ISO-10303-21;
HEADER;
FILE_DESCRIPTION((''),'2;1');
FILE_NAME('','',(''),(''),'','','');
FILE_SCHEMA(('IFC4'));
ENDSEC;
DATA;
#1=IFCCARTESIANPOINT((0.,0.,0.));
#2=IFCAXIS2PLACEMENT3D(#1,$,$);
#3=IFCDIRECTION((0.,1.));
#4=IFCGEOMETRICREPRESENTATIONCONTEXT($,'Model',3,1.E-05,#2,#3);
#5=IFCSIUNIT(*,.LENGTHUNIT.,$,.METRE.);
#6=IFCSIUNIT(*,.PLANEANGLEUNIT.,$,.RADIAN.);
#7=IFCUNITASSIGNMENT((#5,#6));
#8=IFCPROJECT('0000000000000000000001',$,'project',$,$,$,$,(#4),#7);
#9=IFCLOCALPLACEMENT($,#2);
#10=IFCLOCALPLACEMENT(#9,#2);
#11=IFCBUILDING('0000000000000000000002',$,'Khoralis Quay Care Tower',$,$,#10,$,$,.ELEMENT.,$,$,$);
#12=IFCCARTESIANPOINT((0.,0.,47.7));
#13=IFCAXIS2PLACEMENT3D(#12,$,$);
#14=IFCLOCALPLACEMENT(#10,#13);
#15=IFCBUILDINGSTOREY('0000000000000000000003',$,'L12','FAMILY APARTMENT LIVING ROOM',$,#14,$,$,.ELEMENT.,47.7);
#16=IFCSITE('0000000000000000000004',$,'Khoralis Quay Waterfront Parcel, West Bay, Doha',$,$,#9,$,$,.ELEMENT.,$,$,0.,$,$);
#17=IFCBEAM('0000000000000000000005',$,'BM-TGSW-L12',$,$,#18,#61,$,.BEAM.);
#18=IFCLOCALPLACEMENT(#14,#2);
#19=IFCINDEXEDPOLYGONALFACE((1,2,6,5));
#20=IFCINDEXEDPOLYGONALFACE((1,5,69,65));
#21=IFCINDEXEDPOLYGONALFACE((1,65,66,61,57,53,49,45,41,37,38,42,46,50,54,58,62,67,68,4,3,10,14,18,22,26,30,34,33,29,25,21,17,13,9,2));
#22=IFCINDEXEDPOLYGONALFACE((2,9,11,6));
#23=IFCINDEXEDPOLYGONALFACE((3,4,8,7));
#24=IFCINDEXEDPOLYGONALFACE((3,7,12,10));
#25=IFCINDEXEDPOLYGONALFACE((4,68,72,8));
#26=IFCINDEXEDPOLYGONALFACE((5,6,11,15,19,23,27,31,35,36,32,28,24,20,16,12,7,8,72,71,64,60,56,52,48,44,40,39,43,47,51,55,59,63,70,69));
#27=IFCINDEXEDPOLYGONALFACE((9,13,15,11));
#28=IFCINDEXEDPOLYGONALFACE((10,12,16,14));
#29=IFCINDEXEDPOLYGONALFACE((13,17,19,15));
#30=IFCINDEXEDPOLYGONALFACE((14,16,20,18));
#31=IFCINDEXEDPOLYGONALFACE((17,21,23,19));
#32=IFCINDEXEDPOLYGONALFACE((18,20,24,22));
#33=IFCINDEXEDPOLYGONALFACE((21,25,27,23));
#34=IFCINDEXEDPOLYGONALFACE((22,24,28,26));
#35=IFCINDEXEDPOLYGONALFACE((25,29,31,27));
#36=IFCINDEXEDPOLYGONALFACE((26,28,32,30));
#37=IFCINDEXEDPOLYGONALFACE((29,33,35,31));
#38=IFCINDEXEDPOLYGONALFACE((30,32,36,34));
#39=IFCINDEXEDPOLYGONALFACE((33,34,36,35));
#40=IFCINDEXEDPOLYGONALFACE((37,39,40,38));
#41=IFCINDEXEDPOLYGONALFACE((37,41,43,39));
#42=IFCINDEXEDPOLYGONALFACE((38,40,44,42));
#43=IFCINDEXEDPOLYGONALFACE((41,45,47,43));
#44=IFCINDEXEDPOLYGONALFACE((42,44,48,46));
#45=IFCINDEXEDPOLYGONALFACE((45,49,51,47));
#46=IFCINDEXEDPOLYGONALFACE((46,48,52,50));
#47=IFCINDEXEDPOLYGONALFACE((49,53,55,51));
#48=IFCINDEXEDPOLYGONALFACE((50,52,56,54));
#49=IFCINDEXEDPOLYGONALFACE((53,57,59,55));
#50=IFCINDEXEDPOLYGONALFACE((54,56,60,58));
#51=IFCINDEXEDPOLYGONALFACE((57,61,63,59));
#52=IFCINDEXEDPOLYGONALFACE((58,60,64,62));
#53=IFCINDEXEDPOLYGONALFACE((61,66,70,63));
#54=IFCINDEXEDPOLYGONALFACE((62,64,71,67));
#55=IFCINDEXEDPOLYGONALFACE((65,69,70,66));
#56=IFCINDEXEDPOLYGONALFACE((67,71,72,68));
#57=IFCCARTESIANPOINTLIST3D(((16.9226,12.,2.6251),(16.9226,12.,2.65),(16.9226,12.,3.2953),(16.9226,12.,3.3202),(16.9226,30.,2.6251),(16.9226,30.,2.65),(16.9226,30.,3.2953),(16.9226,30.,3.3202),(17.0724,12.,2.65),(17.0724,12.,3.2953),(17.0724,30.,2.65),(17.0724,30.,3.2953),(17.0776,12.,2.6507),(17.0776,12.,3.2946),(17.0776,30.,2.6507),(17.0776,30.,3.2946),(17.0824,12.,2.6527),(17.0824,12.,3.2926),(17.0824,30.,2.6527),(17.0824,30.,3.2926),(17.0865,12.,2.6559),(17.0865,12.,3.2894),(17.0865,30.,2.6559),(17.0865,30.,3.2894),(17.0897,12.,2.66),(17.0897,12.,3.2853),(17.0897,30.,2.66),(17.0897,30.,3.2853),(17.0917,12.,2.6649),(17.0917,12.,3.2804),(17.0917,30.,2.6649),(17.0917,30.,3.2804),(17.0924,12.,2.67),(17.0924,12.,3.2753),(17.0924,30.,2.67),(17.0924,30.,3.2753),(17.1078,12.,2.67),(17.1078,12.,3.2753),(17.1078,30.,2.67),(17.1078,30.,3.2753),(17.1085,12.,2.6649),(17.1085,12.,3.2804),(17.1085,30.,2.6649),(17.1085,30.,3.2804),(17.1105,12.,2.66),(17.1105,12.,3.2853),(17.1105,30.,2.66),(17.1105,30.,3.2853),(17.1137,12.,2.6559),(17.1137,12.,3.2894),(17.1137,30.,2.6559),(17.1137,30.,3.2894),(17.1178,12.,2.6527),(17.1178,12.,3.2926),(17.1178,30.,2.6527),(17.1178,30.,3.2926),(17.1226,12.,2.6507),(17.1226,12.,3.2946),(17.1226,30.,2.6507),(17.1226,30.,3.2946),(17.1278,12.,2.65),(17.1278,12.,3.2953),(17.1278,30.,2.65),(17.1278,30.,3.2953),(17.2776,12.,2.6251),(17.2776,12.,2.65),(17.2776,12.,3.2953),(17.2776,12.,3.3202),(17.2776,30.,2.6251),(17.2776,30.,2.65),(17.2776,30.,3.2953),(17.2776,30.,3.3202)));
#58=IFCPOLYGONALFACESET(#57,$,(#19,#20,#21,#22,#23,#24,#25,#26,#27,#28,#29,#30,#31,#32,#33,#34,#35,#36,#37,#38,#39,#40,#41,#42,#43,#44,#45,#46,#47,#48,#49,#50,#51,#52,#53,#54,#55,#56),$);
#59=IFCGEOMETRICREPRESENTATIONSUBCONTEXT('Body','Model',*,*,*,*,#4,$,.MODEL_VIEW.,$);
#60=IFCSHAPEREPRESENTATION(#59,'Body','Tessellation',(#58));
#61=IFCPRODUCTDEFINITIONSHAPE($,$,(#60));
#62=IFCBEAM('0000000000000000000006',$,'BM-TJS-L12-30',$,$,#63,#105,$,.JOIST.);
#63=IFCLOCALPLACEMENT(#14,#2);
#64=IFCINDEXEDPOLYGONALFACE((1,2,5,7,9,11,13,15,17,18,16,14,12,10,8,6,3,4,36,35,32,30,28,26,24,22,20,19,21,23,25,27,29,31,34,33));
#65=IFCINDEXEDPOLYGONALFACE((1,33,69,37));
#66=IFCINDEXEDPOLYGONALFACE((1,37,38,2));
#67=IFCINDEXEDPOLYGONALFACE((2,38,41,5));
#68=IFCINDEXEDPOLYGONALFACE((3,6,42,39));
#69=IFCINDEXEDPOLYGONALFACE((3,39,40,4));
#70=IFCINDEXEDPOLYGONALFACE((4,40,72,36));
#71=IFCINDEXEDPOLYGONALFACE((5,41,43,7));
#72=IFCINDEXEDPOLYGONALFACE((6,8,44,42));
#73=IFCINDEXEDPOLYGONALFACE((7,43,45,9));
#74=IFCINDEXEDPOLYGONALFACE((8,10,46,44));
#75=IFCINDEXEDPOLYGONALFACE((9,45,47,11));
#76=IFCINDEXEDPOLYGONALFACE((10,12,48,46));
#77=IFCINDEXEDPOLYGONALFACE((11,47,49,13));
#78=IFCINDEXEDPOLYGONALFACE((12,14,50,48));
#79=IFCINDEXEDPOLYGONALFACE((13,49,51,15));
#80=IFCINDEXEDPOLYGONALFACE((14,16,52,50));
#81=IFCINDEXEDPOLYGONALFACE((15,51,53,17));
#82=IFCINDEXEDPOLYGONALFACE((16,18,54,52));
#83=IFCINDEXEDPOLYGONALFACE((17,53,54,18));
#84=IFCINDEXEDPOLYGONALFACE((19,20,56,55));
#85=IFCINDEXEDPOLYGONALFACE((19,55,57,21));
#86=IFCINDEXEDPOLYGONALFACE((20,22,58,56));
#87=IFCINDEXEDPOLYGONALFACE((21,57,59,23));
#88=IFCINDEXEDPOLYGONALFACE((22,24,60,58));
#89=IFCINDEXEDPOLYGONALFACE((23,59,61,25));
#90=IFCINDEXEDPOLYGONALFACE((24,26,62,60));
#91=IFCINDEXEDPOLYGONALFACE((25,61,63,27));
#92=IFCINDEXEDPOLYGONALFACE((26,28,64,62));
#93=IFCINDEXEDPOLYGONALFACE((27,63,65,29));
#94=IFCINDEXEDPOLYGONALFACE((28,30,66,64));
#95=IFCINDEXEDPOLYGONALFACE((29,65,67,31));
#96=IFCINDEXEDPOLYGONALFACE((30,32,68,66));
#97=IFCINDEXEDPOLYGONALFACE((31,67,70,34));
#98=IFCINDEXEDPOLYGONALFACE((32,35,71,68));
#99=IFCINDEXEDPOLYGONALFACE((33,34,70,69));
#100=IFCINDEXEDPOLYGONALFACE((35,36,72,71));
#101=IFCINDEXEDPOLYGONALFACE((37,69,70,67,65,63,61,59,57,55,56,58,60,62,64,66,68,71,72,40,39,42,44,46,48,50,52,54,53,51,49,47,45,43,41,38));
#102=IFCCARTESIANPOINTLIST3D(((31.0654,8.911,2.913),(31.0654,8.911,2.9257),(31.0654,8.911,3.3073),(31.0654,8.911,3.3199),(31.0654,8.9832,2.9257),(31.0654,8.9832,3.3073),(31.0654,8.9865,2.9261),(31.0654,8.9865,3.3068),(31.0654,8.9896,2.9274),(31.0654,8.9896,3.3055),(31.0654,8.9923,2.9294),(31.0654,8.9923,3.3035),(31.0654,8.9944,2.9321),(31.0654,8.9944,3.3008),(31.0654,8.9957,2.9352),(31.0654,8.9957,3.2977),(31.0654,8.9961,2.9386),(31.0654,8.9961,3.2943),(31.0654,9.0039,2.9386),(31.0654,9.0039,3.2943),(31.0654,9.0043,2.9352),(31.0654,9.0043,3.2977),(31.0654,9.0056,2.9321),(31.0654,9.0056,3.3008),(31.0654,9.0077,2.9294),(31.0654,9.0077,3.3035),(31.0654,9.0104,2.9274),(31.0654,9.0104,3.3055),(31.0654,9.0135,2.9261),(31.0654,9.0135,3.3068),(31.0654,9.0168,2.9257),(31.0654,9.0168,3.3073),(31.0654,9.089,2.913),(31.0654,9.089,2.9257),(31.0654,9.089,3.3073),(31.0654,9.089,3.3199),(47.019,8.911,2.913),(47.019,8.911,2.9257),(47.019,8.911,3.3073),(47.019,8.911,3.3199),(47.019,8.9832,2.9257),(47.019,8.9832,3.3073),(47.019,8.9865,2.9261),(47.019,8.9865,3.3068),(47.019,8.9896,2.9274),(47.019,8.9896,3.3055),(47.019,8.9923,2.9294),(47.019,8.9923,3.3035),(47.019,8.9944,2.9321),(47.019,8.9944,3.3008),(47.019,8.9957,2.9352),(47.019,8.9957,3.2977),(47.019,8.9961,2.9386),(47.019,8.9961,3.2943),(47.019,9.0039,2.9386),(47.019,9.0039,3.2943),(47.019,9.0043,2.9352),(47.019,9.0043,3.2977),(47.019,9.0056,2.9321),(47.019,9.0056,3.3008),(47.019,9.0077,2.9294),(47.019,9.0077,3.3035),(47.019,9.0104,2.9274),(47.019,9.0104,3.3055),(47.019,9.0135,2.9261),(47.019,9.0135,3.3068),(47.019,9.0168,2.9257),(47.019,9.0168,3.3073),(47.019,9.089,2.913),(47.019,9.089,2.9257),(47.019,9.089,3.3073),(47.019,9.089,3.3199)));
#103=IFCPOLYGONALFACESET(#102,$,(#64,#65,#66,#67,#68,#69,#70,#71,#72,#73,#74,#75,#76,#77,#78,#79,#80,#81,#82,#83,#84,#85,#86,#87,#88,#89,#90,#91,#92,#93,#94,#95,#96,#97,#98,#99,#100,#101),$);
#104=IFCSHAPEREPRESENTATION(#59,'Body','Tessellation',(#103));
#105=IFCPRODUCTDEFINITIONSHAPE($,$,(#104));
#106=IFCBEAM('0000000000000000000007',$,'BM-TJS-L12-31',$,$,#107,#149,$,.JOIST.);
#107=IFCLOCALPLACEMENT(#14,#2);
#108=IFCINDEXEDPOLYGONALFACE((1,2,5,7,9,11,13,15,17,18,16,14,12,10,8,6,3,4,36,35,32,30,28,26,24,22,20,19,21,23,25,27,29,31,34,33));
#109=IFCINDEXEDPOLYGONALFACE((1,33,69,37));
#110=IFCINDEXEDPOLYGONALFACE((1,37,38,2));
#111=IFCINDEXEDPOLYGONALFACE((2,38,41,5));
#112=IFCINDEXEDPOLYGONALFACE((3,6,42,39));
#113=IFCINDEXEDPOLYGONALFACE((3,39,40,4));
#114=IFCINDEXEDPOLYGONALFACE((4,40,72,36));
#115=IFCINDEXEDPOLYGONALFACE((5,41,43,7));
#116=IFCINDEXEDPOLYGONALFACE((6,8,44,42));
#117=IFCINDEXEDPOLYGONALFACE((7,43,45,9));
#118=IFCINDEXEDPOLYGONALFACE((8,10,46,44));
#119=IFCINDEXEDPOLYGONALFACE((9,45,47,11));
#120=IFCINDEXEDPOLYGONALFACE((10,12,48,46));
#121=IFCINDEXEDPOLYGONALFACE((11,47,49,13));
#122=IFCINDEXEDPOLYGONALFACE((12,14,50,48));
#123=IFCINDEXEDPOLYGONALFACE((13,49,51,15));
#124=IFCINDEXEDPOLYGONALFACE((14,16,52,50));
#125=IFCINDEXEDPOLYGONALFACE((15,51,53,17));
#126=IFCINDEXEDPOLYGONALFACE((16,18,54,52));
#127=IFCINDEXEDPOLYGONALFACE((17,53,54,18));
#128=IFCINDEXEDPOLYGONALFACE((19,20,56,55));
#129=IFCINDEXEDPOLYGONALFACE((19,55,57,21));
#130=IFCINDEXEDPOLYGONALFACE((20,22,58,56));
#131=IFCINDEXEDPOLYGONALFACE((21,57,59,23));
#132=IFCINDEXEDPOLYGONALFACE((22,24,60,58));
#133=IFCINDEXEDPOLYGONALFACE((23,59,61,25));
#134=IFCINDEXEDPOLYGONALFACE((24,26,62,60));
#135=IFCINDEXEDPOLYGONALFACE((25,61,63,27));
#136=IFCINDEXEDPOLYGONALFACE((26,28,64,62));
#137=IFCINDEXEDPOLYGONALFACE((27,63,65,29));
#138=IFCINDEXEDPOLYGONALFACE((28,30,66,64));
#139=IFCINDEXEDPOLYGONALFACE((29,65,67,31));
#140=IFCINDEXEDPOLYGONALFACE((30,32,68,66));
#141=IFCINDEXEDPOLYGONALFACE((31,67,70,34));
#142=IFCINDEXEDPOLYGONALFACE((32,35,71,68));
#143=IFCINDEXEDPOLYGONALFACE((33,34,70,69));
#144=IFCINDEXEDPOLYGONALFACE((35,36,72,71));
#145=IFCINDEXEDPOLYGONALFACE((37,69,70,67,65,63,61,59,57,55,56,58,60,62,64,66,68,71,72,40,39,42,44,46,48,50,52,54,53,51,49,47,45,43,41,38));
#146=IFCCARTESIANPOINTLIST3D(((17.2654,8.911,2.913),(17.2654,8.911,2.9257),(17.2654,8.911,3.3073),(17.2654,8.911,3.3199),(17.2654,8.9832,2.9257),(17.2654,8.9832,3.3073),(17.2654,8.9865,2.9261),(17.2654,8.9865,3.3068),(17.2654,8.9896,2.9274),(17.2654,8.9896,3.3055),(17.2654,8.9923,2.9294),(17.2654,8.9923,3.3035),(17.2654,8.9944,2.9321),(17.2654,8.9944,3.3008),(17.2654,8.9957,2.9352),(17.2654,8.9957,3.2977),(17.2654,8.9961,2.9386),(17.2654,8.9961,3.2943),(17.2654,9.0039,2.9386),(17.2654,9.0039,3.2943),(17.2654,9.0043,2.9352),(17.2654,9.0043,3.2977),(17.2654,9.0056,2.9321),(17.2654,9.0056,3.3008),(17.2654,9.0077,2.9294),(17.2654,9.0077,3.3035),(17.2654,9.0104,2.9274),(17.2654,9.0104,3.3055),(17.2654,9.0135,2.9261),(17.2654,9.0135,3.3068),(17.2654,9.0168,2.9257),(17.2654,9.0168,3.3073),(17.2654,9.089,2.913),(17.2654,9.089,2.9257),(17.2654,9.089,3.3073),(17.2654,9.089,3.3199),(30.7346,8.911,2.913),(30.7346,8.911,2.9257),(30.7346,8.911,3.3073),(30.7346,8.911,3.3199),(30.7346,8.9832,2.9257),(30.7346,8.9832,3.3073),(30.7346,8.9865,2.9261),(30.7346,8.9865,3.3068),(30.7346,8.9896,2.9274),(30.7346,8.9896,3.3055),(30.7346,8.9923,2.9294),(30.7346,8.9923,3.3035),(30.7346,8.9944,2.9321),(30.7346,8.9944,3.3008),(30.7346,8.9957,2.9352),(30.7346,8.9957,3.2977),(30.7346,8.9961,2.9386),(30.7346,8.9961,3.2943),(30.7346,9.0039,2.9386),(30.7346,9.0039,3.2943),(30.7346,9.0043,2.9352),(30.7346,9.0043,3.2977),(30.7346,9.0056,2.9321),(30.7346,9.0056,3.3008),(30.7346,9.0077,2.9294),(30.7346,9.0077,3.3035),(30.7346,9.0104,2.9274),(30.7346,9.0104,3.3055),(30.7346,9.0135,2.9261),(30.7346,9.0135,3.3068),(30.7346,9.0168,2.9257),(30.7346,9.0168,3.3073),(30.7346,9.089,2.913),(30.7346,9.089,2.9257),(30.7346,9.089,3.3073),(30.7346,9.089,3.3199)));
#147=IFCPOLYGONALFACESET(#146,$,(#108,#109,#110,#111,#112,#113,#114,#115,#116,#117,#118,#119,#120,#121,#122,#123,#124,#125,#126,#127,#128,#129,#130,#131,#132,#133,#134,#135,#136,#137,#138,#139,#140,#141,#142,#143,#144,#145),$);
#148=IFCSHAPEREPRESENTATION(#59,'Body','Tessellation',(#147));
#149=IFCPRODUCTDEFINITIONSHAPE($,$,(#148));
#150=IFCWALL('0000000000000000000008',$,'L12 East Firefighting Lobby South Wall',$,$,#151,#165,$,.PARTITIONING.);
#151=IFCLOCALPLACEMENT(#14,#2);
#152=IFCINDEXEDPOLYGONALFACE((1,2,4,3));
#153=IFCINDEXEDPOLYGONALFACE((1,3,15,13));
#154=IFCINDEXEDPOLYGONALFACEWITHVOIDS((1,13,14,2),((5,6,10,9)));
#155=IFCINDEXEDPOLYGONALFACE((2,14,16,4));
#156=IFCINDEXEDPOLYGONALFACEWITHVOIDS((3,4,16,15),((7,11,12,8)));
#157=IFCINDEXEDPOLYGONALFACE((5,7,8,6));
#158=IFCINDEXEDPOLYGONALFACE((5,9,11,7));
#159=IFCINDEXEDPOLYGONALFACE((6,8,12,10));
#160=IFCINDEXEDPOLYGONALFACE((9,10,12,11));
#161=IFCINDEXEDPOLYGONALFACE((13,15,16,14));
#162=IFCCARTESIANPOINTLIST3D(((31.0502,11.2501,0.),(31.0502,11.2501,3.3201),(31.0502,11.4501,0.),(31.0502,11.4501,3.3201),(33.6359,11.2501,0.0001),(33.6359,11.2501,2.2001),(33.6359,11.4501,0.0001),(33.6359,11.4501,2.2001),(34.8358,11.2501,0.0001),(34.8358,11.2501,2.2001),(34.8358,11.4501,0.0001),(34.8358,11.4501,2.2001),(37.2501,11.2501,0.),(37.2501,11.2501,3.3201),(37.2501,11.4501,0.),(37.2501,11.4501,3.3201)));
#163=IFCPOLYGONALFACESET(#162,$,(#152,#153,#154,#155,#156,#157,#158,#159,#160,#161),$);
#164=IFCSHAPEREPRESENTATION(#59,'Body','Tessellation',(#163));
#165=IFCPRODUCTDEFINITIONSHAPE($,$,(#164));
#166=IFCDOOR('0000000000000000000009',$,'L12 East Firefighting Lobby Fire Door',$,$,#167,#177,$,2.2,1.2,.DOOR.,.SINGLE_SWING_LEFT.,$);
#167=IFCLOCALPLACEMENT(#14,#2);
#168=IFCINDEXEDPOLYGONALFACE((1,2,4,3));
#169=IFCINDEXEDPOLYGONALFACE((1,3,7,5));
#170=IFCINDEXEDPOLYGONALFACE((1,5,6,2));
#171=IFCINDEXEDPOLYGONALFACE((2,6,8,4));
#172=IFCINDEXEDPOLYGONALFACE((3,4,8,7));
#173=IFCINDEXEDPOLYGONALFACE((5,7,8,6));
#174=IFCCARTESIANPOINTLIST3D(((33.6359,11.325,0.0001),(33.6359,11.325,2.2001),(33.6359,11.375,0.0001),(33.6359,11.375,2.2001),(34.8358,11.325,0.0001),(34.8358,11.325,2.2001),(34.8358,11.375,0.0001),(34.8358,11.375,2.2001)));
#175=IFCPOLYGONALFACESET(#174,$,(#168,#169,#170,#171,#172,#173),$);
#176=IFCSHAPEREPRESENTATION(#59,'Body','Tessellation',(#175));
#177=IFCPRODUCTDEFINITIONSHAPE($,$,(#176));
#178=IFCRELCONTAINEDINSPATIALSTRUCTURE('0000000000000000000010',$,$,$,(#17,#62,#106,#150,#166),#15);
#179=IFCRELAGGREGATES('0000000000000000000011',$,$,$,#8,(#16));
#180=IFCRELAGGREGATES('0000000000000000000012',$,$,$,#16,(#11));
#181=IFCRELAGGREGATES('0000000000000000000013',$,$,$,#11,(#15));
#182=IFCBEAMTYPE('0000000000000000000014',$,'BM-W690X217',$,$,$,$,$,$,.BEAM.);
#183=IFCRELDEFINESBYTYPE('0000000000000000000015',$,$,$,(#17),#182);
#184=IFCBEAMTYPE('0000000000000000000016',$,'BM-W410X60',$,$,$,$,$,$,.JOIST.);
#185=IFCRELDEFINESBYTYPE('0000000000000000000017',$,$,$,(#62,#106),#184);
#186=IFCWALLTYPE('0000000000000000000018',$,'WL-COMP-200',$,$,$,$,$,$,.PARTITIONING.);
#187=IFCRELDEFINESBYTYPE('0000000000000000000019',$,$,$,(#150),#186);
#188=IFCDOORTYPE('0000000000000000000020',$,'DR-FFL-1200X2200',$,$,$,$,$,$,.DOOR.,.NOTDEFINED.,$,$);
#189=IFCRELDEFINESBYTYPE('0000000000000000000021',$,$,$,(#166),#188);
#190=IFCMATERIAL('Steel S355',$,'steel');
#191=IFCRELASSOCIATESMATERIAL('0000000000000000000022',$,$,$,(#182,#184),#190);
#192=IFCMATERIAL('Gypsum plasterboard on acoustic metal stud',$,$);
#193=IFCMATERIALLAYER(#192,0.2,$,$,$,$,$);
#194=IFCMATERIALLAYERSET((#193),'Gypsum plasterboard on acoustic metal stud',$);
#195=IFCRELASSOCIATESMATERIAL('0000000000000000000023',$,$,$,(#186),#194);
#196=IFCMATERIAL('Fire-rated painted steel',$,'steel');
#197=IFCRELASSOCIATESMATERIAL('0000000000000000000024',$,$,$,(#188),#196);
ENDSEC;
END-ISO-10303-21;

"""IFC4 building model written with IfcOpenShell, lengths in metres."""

from ifc_helpers import new_model, si_unit, direction, frame, frame_2d, origin, origin_2d, place, context, subcontext, project, spatial, rectangle, i_section, extrude, source, transform, mapped, material, layer, layer_set, material_profile, profile_set, type_object, element, fill, save


model = new_model("IFC4")

# Units and contexts
model_context = context("Model", 3, precision=1e-05, world=origin(), true_north=direction((0.0, 1.0)))
body_context = subcontext(model_context, "Body", "Model", "MODEL_VIEW")
ifc_project = project(units=[si_unit("LENGTHUNIT", "METRE"), si_unit("PLANEANGLEUNIT", "RADIAN")], contexts=[model_context])

# Site, building, storey
site_placement = place(None, origin())
site = spatial("IfcSite", under=ifc_project, at=site_placement, Name="Khoralis Quay Waterfront Parcel, West Bay, Doha", CompositionType="ELEMENT", RefElevation=0.0)
building_placement = place(site_placement, origin())
building = spatial("IfcBuilding", under=site, at=building_placement, Name="Khoralis Quay Care Tower", CompositionType="ELEMENT")
storey_placement = place(building_placement, frame((0.0, 0.0, 47.7)))
storey = spatial("IfcBuildingStorey", under=building, at=storey_placement, Name="L12", Description="FAMILY APARTMENT LIVING ROOM", CompositionType="ELEMENT", Elevation=47.7)

# Beams
ifc_material_1 = material(Name="Steel S355", Category="steel")
ifc_material_profile_1 = material_profile(ifc_material_1, i_section(OverallWidth=0.355, OverallDepth=0.6951, WebThickness=0.0154, FlangeThickness=0.0249, FilletRadius=0.02, at=origin_2d()), Name="Steel S355")
ifc_profile_set_1 = profile_set([ifc_material_profile_1], Name="Steel S355")
beam_type_1 = type_object("IfcBeamType", Name="BM-W690X217", PredefinedType="BEAM", material=ifc_profile_set_1)
shared_shape_1 = source(origin(), body_context, "Body", "SweptSolid", [
    extrude(i_section(OverallWidth=0.355, OverallDepth=0.6951, WebThickness=0.0154, FlangeThickness=0.0249, FilletRadius=0.02, at=origin_2d()), origin(), (0.0, 0.0, 1.0), 18.0),
])
beam_1_placement = place(storey_placement, frame((17.1001, 12.0, 2.9727), z_axis=(0.0, 1.0, 0.0), x_axis=(-1.0, 0.0, 0.0)))
element("IfcBeam", 1, at=beam_1_placement, inside=storey, type_object=beam_type_1, Name="BM-TGSW-L12", PredefinedType="BEAM", context=body_context, shape_type="MappedRepresentation", body=[
    mapped(shared_shape_1, transform((0.0, 0.0, 0.0), scale=1.0)),
])
ifc_material_profile_2 = material_profile(ifc_material_1, i_section(OverallWidth=0.178, OverallDepth=0.407, WebThickness=0.0078, FlangeThickness=0.0127, FilletRadius=0.0129, at=origin_2d()), Name="Steel S355")
ifc_profile_set_2 = profile_set([ifc_material_profile_2], Name="Steel S355")
beam_type_2 = type_object("IfcBeamType", Name="BM-W410X60", PredefinedType="JOIST", material=ifc_profile_set_2)
shared_shape_2 = source(origin(), body_context, "Body", "SweptSolid", [
    extrude(i_section(OverallWidth=0.178, OverallDepth=0.407, WebThickness=0.0078, FlangeThickness=0.0127, FilletRadius=0.0129, at=origin_2d()), origin(), (0.0, 0.0, 1.0), 15.9536),
])
beam_2_placement = place(storey_placement, frame((31.0654, 9.0, 3.1165), z_axis=(1.0, 0.0, 0.0), x_axis=(0.0, 1.0, 0.0)))
element("IfcBeam", 2, at=beam_2_placement, inside=storey, type_object=beam_type_2, Name="BM-TJS-L12-30", PredefinedType="JOIST", context=body_context, shape_type="MappedRepresentation", body=[
    mapped(shared_shape_2, transform((0.0, 0.0, 0.0), scale=1.0)),
])
shared_shape_3 = source(origin(), body_context, "Body", "SweptSolid", [
    extrude(i_section(OverallWidth=0.178, OverallDepth=0.407, WebThickness=0.0078, FlangeThickness=0.0127, FilletRadius=0.0129, at=origin_2d()), origin(), (0.0, 0.0, 1.0), 13.4692),
])
beam_3_placement = place(storey_placement, frame((17.2654, 9.0, 3.1165), z_axis=(1.0, 0.0, 0.0), x_axis=(0.0, 1.0, 0.0)))
element("IfcBeam", 3, at=beam_3_placement, inside=storey, type_object=beam_type_2, Name="BM-TJS-L12-31", PredefinedType="JOIST", context=body_context, shape_type="MappedRepresentation", body=[
    mapped(shared_shape_3, transform((0.0, 0.0, 0.0), scale=1.0)),
])

# Wall, opening, door
ifc_material_2 = material(Name="Gypsum plasterboard on acoustic metal stud")
ifc_layer_1 = layer(ifc_material_2, 0.2)
ifc_layer_set_1 = layer_set([ifc_layer_1], Name="Gypsum plasterboard on acoustic metal stud")
wall_type_1 = type_object("IfcWallType", Name="WL-COMP-200", PredefinedType="PARTITIONING", material=ifc_layer_set_1)
wall_1_placement = place(storey_placement, frame((31.05, 11.3501, 0.0), z_axis=(0.0, 0.0, 1.0), x_axis=(1.0, 0.0, 0.0)))
wall_1 = element("IfcWall", 4, at=wall_1_placement, inside=storey, type_object=wall_type_1, Name="L12 East Firefighting Lobby South Wall", PredefinedType="PARTITIONING", context=body_context, shape_type="SweptSolid", body=[
    extrude(rectangle(XDim=6.2, YDim=0.2, at=frame_2d((3.1001, 0.0))), origin(), (0.0, 0.0, 1.0), 3.3201),
])
opening_1_placement = place(wall_1_placement, frame((2.5857, 0.0, 0.0)))
opening_1 = element("IfcOpeningElement", 5, at=opening_1_placement, cuts=wall_1, PredefinedType="OPENING", context=body_context, shape_type="SweptSolid", body=[
    extrude(rectangle(XDim=1.2, YDim=2.2, at=frame_2d((0.6001, 1.1001))), frame((0.0, 0.1099, 0.0), z_axis=(0.0, -1.0, 0.0), x_axis=(1.0, 0.0, 0.0)), (0.0, 0.0, 1.0), 0.22),
])
ifc_material_3 = material(Name="Fire-rated painted steel", Category="steel")
door_type_1 = type_object("IfcDoorType", Name="DR-FFL-1200X2200", OperationType="NOTDEFINED", PredefinedType="DOOR", material=ifc_material_3)
shared_shape_4 = source(origin(), body_context, "Body", "SweptSolid", [
    extrude(rectangle(XDim=1.2, YDim=2.2, at=frame_2d((0.6001, 1.1001))), frame((0.0, 0.0249, 0.0), z_axis=(0.0, -1.0, 0.0), x_axis=(1.0, 0.0, 0.0)), (0.0, 0.0, 1.0), 0.05),
])
door_1_placement = place(opening_1_placement, origin())
door_1 = element("IfcDoor", 6, at=door_1_placement, inside=storey, type_object=door_type_1, Name="L12 East Firefighting Lobby Fire Door", OperationType="SINGLE_SWING_LEFT", OverallHeight=2.2, OverallWidth=1.2, PredefinedType="DOOR", context=body_context, shape_type="MappedRepresentation", body=[
    mapped(shared_shape_4, transform((0.0, 0.0, 0.0), scale=1.0)),
])
fill(opening_1, door_1)

save(model, "model.ifc")
